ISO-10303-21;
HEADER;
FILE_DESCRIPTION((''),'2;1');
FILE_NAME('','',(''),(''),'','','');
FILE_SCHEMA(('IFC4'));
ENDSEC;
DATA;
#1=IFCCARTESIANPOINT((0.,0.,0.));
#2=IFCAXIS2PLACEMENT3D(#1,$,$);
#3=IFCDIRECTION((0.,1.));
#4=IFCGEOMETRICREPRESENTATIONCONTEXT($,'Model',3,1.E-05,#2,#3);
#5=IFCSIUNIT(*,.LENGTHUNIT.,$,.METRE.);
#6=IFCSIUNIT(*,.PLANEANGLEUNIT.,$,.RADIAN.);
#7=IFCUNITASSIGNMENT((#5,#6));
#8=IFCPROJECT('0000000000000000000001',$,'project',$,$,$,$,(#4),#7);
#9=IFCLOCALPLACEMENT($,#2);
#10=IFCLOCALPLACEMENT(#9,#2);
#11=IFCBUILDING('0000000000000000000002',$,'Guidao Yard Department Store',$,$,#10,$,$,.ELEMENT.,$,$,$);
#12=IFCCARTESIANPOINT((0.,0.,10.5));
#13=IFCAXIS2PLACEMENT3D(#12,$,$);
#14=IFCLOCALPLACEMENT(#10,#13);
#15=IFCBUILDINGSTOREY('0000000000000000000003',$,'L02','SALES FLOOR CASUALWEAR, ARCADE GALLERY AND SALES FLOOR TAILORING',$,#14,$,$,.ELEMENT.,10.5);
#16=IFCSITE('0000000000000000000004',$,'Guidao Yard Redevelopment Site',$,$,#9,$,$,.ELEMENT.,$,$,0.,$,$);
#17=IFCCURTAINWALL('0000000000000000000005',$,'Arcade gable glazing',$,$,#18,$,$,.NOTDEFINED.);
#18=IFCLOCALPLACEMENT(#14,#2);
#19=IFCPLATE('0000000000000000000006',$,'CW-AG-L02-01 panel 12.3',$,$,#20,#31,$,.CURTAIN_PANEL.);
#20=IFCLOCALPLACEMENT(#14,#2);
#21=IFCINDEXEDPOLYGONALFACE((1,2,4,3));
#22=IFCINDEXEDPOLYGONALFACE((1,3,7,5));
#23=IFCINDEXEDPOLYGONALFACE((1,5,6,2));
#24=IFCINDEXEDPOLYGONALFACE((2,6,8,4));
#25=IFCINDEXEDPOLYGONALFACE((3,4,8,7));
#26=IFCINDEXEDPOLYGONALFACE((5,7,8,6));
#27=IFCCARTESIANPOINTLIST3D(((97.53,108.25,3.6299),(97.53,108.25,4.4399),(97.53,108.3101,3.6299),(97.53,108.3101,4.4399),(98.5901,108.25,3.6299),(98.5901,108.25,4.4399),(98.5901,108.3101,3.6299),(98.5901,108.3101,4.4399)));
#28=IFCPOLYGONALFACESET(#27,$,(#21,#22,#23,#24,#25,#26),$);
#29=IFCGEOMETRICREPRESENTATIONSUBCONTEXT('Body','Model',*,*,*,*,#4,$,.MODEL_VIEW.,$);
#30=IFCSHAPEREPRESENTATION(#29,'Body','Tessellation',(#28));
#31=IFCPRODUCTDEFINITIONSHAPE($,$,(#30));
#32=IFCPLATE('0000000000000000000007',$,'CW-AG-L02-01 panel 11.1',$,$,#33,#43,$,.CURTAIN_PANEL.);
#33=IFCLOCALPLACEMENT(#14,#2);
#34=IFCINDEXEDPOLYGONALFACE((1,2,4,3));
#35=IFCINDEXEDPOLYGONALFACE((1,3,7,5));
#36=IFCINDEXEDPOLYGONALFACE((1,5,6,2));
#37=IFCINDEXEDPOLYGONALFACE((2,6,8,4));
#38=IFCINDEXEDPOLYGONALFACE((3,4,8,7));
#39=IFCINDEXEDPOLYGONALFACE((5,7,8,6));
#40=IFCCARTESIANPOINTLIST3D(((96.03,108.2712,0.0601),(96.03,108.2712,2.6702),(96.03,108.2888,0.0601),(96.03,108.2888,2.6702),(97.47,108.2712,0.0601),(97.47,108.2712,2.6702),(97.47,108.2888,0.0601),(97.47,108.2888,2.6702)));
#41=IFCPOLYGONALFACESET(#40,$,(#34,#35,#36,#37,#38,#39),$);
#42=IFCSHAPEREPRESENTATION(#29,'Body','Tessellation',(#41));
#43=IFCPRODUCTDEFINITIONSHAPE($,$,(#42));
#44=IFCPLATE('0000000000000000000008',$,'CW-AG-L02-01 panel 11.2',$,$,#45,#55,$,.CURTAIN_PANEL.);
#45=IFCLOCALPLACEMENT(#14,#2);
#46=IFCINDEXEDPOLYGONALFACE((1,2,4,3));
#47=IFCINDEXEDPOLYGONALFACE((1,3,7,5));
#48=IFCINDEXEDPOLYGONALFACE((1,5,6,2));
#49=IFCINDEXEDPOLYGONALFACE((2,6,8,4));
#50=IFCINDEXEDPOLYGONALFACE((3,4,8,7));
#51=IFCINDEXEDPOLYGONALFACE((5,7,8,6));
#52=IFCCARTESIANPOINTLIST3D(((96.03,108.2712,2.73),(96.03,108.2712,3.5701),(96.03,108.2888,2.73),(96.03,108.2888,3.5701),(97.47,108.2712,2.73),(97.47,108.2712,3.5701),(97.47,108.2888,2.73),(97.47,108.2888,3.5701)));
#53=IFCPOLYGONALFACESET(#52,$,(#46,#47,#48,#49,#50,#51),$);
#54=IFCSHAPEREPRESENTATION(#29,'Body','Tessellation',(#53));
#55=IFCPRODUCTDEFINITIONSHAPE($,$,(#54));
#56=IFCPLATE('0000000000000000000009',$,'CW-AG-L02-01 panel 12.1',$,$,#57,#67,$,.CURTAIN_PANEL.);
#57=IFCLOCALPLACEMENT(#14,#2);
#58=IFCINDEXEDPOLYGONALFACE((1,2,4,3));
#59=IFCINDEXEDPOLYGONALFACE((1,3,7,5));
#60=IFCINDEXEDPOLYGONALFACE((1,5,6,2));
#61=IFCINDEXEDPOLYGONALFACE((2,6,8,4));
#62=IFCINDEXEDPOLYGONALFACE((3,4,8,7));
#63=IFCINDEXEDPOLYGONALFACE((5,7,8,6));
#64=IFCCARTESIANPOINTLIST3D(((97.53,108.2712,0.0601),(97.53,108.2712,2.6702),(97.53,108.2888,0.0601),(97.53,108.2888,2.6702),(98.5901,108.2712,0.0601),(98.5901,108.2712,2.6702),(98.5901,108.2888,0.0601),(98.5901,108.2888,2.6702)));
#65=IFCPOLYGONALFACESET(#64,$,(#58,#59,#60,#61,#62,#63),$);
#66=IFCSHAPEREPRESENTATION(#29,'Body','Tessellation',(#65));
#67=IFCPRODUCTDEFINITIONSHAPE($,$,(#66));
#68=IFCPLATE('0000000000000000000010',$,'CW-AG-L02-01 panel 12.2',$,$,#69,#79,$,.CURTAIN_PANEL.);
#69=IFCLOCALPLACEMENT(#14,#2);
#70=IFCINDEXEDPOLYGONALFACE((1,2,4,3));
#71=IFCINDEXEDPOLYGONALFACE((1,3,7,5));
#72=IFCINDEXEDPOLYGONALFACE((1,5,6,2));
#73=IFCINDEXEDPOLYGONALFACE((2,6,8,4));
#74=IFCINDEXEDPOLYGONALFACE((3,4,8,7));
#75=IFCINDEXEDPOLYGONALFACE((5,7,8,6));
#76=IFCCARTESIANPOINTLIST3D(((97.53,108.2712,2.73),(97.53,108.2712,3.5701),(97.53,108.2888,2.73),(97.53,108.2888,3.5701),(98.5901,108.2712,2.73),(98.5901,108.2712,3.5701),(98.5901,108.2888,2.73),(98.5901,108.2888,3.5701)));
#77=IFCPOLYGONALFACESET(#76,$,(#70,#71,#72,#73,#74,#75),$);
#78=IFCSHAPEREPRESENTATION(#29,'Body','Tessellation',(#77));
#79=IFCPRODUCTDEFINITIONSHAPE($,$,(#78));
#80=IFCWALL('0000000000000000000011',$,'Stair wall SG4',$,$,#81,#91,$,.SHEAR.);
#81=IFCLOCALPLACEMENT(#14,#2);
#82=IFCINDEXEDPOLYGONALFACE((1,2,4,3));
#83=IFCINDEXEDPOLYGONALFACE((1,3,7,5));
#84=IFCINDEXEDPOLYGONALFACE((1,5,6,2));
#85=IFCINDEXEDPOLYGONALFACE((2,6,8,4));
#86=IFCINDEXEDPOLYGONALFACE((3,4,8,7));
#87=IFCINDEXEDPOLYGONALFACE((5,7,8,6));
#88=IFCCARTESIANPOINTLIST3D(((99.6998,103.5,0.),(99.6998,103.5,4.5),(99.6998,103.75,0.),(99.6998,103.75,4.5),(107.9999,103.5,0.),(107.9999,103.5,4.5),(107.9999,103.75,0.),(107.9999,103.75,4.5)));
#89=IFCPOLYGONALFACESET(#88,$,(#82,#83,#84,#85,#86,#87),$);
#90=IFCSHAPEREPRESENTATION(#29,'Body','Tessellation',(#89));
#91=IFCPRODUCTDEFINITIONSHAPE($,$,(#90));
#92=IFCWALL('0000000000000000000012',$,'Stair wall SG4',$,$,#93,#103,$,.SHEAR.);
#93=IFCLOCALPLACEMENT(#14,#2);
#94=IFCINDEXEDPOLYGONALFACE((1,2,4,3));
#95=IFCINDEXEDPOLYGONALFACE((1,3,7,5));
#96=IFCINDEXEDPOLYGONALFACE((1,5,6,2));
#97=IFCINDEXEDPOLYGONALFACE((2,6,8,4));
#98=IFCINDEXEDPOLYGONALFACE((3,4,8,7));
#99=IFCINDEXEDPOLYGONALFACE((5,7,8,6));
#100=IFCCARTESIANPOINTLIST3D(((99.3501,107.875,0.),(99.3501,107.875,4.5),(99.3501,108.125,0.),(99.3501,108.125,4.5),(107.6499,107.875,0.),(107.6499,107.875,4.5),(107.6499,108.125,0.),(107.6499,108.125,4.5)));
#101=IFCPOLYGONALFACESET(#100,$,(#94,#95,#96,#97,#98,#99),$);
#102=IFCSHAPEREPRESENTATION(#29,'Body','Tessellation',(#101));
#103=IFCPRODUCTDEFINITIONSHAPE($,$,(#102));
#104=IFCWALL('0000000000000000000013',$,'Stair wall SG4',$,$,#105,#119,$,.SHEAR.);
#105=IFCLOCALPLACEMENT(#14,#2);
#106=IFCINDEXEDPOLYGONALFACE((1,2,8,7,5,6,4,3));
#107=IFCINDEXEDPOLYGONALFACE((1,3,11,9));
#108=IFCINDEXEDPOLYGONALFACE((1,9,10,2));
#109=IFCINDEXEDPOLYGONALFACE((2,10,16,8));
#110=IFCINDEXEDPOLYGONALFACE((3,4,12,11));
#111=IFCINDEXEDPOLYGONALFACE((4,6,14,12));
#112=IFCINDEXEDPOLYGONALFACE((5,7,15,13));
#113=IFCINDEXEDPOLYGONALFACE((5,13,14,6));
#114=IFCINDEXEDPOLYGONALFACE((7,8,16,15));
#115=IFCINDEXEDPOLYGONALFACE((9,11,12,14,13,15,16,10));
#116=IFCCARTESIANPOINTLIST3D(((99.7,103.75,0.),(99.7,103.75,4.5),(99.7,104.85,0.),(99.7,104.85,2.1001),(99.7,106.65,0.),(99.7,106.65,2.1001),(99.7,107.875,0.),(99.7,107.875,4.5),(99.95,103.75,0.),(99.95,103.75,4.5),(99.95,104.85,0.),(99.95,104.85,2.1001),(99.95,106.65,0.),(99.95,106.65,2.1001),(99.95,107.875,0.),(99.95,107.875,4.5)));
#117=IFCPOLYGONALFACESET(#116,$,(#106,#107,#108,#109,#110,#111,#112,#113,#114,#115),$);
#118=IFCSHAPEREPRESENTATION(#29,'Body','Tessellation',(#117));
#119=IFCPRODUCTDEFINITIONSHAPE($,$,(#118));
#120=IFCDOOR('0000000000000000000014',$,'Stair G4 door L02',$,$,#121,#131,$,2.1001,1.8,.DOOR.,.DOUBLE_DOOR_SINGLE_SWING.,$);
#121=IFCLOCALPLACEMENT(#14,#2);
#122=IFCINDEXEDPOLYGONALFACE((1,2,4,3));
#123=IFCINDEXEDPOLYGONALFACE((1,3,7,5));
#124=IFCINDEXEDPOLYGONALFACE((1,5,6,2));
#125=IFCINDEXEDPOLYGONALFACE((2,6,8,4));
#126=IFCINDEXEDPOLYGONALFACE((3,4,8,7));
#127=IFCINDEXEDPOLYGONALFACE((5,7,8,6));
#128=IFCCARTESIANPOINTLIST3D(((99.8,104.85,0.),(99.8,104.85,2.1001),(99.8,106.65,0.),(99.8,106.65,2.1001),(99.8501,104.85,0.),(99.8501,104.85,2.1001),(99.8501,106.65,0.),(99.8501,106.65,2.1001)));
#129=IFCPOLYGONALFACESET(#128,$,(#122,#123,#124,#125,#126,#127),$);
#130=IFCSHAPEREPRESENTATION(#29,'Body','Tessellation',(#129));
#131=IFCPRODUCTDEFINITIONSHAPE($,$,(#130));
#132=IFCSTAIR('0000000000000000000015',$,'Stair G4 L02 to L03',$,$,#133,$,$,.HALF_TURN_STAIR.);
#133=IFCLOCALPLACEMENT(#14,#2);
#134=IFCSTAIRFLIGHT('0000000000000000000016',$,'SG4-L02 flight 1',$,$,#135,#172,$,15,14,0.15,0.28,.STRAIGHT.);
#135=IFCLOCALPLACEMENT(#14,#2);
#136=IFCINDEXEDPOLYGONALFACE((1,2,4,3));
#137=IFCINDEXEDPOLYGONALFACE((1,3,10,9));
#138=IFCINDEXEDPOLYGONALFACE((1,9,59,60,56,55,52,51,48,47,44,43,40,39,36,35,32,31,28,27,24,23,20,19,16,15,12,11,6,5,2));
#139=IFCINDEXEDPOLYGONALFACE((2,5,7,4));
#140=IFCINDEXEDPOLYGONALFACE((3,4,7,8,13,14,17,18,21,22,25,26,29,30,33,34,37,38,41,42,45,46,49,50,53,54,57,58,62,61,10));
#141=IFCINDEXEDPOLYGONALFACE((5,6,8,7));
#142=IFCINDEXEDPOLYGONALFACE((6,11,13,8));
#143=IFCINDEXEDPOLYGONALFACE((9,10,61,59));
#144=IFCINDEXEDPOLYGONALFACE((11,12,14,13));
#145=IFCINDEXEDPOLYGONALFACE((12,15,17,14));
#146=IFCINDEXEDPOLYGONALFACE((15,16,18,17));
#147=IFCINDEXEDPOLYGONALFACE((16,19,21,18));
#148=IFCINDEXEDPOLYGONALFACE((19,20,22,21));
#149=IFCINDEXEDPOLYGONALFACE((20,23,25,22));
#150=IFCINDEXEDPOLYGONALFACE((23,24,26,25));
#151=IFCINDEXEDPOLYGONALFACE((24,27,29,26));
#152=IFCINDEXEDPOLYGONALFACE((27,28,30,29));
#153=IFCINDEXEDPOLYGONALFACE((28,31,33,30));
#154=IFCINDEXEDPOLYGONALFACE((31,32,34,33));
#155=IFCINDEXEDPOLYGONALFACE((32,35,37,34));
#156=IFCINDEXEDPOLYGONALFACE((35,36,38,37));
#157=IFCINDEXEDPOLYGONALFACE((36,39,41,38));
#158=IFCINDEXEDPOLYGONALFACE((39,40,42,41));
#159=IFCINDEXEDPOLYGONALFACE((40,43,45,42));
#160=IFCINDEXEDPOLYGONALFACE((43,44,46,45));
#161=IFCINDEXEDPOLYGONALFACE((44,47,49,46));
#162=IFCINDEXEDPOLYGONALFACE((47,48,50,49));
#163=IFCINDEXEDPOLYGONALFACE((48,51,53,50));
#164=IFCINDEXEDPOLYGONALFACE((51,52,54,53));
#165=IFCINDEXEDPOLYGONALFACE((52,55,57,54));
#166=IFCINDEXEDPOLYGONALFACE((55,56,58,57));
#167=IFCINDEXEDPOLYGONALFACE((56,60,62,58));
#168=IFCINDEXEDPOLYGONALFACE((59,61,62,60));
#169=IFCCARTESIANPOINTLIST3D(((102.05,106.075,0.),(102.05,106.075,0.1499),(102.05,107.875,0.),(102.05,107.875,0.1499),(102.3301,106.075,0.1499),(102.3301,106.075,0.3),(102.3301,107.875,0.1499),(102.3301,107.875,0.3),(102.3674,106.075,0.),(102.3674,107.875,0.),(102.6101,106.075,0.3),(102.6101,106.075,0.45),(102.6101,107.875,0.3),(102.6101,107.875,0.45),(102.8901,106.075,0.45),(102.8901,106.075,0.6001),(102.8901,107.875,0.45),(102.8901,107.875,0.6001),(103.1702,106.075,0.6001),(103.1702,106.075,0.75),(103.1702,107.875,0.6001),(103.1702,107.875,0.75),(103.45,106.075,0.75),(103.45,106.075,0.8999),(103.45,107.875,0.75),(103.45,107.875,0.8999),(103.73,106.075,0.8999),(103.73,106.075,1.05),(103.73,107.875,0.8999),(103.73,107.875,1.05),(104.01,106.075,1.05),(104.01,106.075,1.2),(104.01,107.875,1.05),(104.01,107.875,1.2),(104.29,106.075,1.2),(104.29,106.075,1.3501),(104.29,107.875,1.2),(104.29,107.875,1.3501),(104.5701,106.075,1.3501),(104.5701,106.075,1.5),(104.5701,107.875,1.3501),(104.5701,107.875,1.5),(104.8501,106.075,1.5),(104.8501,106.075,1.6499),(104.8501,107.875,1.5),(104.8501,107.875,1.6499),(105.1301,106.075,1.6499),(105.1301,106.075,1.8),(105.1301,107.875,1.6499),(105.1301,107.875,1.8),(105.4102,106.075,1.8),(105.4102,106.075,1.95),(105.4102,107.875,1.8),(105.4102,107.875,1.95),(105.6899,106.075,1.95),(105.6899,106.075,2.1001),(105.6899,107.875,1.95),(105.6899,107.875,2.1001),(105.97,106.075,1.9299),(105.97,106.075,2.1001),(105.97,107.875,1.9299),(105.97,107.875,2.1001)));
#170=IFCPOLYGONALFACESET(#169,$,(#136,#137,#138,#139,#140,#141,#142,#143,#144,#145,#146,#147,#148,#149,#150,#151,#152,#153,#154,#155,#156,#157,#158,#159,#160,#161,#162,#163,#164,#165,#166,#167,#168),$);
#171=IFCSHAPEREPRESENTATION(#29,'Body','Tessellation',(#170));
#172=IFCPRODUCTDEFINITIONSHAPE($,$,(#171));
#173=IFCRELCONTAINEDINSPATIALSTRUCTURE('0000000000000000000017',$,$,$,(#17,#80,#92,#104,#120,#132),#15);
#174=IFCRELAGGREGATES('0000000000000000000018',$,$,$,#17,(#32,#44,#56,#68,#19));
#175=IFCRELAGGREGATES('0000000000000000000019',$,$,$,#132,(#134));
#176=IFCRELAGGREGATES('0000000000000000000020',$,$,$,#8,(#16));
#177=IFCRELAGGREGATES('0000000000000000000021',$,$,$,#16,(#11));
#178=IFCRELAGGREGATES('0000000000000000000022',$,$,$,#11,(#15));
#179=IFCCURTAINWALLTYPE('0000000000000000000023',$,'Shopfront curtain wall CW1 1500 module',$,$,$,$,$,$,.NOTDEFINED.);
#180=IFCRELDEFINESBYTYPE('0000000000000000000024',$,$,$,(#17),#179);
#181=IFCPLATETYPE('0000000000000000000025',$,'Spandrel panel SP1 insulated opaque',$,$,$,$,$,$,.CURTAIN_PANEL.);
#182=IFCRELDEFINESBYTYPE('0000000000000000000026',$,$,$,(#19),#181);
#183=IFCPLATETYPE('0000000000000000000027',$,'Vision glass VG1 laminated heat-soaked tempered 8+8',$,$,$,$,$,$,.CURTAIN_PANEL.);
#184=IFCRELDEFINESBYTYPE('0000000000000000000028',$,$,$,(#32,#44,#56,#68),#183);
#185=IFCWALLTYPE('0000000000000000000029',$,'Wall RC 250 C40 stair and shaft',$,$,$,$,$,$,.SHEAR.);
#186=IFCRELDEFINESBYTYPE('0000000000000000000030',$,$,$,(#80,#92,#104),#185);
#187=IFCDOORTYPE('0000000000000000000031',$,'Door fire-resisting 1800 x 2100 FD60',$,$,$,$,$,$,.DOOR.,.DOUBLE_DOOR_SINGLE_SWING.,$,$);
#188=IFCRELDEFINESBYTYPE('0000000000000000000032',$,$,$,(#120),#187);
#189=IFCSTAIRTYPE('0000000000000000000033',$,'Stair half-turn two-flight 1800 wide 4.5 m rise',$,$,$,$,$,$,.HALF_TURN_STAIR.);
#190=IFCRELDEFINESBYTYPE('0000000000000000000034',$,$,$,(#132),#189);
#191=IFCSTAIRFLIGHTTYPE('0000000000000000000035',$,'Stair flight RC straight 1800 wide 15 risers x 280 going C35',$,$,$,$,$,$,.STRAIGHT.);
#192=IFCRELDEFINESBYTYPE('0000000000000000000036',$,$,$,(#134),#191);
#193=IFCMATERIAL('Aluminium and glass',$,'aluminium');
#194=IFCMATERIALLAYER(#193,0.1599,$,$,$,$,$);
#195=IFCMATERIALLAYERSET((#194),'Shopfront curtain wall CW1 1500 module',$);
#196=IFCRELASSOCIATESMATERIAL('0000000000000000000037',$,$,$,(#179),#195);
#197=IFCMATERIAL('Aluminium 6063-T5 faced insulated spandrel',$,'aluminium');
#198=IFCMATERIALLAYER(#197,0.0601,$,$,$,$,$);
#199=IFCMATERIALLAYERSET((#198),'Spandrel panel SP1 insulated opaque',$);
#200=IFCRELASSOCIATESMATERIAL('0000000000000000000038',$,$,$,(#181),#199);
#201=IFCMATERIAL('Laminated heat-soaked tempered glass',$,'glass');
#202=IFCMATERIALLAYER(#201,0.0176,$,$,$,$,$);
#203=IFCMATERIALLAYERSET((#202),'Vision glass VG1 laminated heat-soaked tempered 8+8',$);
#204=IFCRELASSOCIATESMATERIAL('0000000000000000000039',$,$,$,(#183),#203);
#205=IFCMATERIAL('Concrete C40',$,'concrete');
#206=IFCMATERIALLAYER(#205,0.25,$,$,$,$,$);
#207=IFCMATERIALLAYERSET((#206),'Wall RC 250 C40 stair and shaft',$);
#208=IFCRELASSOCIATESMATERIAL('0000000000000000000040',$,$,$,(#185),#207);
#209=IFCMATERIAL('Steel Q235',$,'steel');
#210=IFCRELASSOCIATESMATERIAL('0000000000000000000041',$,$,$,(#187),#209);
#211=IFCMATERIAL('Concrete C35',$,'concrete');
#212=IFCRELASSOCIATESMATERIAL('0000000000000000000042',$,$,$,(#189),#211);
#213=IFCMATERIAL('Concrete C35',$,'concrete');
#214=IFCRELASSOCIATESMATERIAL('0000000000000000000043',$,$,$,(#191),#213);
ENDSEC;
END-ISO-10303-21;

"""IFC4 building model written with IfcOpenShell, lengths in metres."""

from ifc_helpers import new_model, si_unit, direction, frame, frame_2d, origin, origin_2d, place, context, subcontext, project, spatial, polyline, rectangle, outline, extrude, material, layer, layer_set, type_object, element, fill, aggregate, save


model = new_model("IFC4")

# Units and contexts
model_context = context("Model", 3, precision=1e-05, world=origin(), true_north=direction((0.0, 1.0)))
body_context = subcontext(model_context, "Body", "Model", "MODEL_VIEW")
ifc_project = project(units=[si_unit("LENGTHUNIT", "METRE"), si_unit("PLANEANGLEUNIT", "RADIAN")], contexts=[model_context])

# Site, building, storey
site_placement = place(None, origin())
site = spatial("IfcSite", under=ifc_project, at=site_placement, Name="Guidao Yard Redevelopment Site", CompositionType="ELEMENT", RefElevation=0.0)
building_placement = place(site_placement, origin())
building = spatial("IfcBuilding", under=site, at=building_placement, Name="Guidao Yard Department Store", CompositionType="ELEMENT")
storey_placement = place(building_placement, frame((0.0, 0.0, 10.5)))
storey = spatial("IfcBuildingStorey", under=building, at=storey_placement, Name="L02", Description="SALES FLOOR CASUALWEAR, ARCADE GALLERY AND SALES FLOOR TAILORING", CompositionType="ELEMENT", Elevation=10.5)

# Curtain wall, plates
ifc_material_1 = material(Name="Aluminium and glass", Category="aluminium")
ifc_layer_1 = layer(ifc_material_1, 0.1599)
ifc_layer_set_1 = layer_set([ifc_layer_1], Name="Shopfront curtain wall CW1 1500 module")
curtain_wall_type = type_object("IfcCurtainWallType", Name="Shopfront curtain wall CW1 1500 module", PredefinedType="NOTDEFINED", material=ifc_layer_set_1)
curtain_wall_placement = place(storey_placement, origin())
curtain_wall = element("IfcCurtainWall", 1, at=curtain_wall_placement, inside=storey, type_object=curtain_wall_type, Name="Arcade gable glazing", PredefinedType="NOTDEFINED")
ifc_material_2 = material(Name="Aluminium 6063-T5 faced insulated spandrel", Category="aluminium")
ifc_layer_2 = layer(ifc_material_2, 0.0601)
ifc_layer_set_2 = layer_set([ifc_layer_2], Name="Spandrel panel SP1 insulated opaque")
plate_type_1 = type_object("IfcPlateType", Name="Spandrel panel SP1 insulated opaque", PredefinedType="CURTAIN_PANEL", material=ifc_layer_set_2)
plate_1_placement = place(storey_placement, frame((98.0601, 108.28, 3.6299), z_axis=(0.0, 0.0, 1.0), x_axis=(1.0, 0.0, 0.0)))
plate_1 = element("IfcPlate", 2, at=plate_1_placement, type_object=plate_type_1, Name="CW-AG-L02-01 panel 12.3", PredefinedType="CURTAIN_PANEL", context=body_context, shape_type="SweptSolid", body=[
    extrude(rectangle(XDim=1.0601, YDim=0.0601, at=origin_2d()), origin(), (0.0, 0.0, 1.0), 0.8101),
])
ifc_material_3 = material(Name="Laminated heat-soaked tempered glass", Category="glass")
ifc_layer_3 = layer(ifc_material_3, 0.0176)
ifc_layer_set_3 = layer_set([ifc_layer_3], Name="Vision glass VG1 laminated heat-soaked tempered 8+8")
plate_type_2 = type_object("IfcPlateType", Name="Vision glass VG1 laminated heat-soaked tempered 8+8", PredefinedType="CURTAIN_PANEL", material=ifc_layer_set_3)
plate_2_placement = place(storey_placement, frame((96.75, 108.28, 0.0601), z_axis=(0.0, 0.0, 1.0), x_axis=(1.0, 0.0, 0.0)))
plate_2 = element("IfcPlate", 3, at=plate_2_placement, type_object=plate_type_2, Name="CW-AG-L02-01 panel 11.1", PredefinedType="CURTAIN_PANEL", context=body_context, shape_type="SweptSolid", body=[
    extrude(rectangle(XDim=1.4399, YDim=0.0176, at=origin_2d()), origin(), (0.0, 0.0, 1.0), 2.6101),
])
plate_3_placement = place(storey_placement, frame((96.75, 108.28, 2.73), z_axis=(0.0, 0.0, 1.0), x_axis=(1.0, 0.0, 0.0)))
plate_3 = element("IfcPlate", 4, at=plate_3_placement, type_object=plate_type_2, Name="CW-AG-L02-01 panel 11.2", PredefinedType="CURTAIN_PANEL", context=body_context, shape_type="SweptSolid", body=[
    extrude(rectangle(XDim=1.4399, YDim=0.0176, at=origin_2d()), origin(), (0.0, 0.0, 1.0), 0.8401),
])
plate_4_placement = place(storey_placement, frame((98.0601, 108.28, 0.0601), z_axis=(0.0, 0.0, 1.0), x_axis=(1.0, 0.0, 0.0)))
plate_4 = element("IfcPlate", 5, at=plate_4_placement, type_object=plate_type_2, Name="CW-AG-L02-01 panel 12.1", PredefinedType="CURTAIN_PANEL", context=body_context, shape_type="SweptSolid", body=[
    extrude(rectangle(XDim=1.0601, YDim=0.0176, at=origin_2d()), origin(), (0.0, 0.0, 1.0), 2.6101),
])
plate_5_placement = place(storey_placement, frame((98.0601, 108.28, 2.73), z_axis=(0.0, 0.0, 1.0), x_axis=(1.0, 0.0, 0.0)))
plate_5 = element("IfcPlate", 6, at=plate_5_placement, type_object=plate_type_2, Name="CW-AG-L02-01 panel 12.2", PredefinedType="CURTAIN_PANEL", context=body_context, shape_type="SweptSolid", body=[
    extrude(rectangle(XDim=1.0601, YDim=0.0176, at=origin_2d()), origin(), (0.0, 0.0, 1.0), 0.8401),
])
aggregate(curtain_wall, [plate_2, plate_3, plate_4, plate_5, plate_1])

# Walls
ifc_material_4 = material(Name="Concrete C40", Category="concrete")
ifc_layer_4 = layer(ifc_material_4, 0.25)
ifc_layer_set_4 = layer_set([ifc_layer_4], Name="Wall RC 250 C40 stair and shaft")
wall_type = type_object("IfcWallType", Name="Wall RC 250 C40 stair and shaft", PredefinedType="SHEAR", material=ifc_layer_set_4)
wall_1_placement = place(storey_placement, frame((99.7, 103.625, 0.0), z_axis=(0.0, 0.0, 1.0), x_axis=(1.0, 0.0, 0.0)))
element("IfcWall", 7, at=wall_1_placement, inside=storey, type_object=wall_type, Name="Stair wall SG4", PredefinedType="SHEAR", context=body_context, shape_type="SweptSolid", body=[
    extrude(rectangle(XDim=8.3, YDim=0.25, at=frame_2d((4.1499, 0.0))), origin(), (0.0, 0.0, 1.0), 4.5),
])
wall_2_placement = place(storey_placement, frame((99.3501, 108.0, 0.0), z_axis=(0.0, 0.0, 1.0), x_axis=(1.0, 0.0, 0.0)))
element("IfcWall", 8, at=wall_2_placement, inside=storey, type_object=wall_type, Name="Stair wall SG4", PredefinedType="SHEAR", context=body_context, shape_type="SweptSolid", body=[
    extrude(rectangle(XDim=8.2998, YDim=0.25, at=frame_2d((4.1499, 0.0))), origin(), (0.0, 0.0, 1.0), 4.5),
])

# Wall, opening, door
wall_3_placement = place(storey_placement, frame((99.825, 103.75, 0.0), z_axis=(0.0, 0.0, 1.0), x_axis=(0.0, 1.0, 0.0)))
wall_3 = element("IfcWall", 9, at=wall_3_placement, inside=storey, type_object=wall_type, Name="Stair wall SG4", PredefinedType="SHEAR", context=body_context, shape_type="SweptSolid", body=[
    extrude(rectangle(XDim=4.125, YDim=0.25, at=frame_2d((2.0625, 0.0))), origin(), (0.0, 0.0, 1.0), 4.5),
])
opening_placement = place(wall_3_placement, frame((1.1001, 0.0, 0.0)))
opening = element("IfcOpeningElement", 10, at=opening_placement, cuts=wall_3, PredefinedType="OPENING", context=body_context, shape_type="SweptSolid", body=[
    extrude(rectangle(XDim=1.8, YDim=2.1001, at=frame_2d((0.8999, 1.05))), frame((0.0, 0.135, 0.0), z_axis=(0.0, -1.0, 0.0), x_axis=(1.0, 0.0, 0.0)), (0.0, 0.0, 1.0), 0.27),
])
ifc_material_5 = material(Name="Steel Q235", Category="steel")
door_type = type_object("IfcDoorType", Name="Door fire-resisting 1800 x 2100 FD60", OperationType="DOUBLE_DOOR_SINGLE_SWING", PredefinedType="DOOR", material=ifc_material_5)
door_placement = place(opening_placement, origin())
door = element("IfcDoor", 11, at=door_placement, inside=storey, type_object=door_type, Name="Stair G4 door L02", OperationType="DOUBLE_DOOR_SINGLE_SWING", OverallHeight=2.1001, OverallWidth=1.8, PredefinedType="DOOR", context=body_context, shape_type="SweptSolid", body=[
    extrude(rectangle(XDim=1.8, YDim=2.1001, at=frame_2d((0.8999, 1.05))), frame((0.0, 0.0249, 0.0), z_axis=(0.0, -1.0, 0.0), x_axis=(1.0, 0.0, 0.0)), (0.0, 0.0, 1.0), 0.05),
])
fill(opening, door)

# Stair, stair flight
ifc_material_6 = material(Name="Concrete C35", Category="concrete")
stair_type = type_object("IfcStairType", Name="Stair half-turn two-flight 1800 wide 4.5 m rise", PredefinedType="HALF_TURN_STAIR", material=ifc_material_6)
stair_placement = place(storey_placement, origin())
stair = element("IfcStair", 12, at=stair_placement, inside=storey, type_object=stair_type, Name="Stair G4 L02 to L03", PredefinedType="HALF_TURN_STAIR")
ifc_material_7 = material(Name="Concrete C35", Category="concrete")
stair_flight_type = type_object("IfcStairFlightType", Name="Stair flight RC straight 1800 wide 15 risers x 280 going C35", PredefinedType="STRAIGHT", material=ifc_material_7)
stair_flight_placement = place(storey_placement, frame((102.05, 106.9751, 0.0), z_axis=(0.0, 0.0, 1.0), x_axis=(1.0, 0.0, 0.0)))
stair_flight = element("IfcStairFlight", 13, at=stair_flight_placement, type_object=stair_flight_type, Name="SG4-L02 flight 1", NumberOfRisers=15, NumberOfTreads=14, PredefinedType="STRAIGHT", RiserHeight=0.15, TreadLength=0.28, context=body_context, shape_type="SweptSolid", body=[
    extrude(outline(polyline([(0.0, 0.0), (0.0, 0.1499), (0.28, 0.1499), (0.28, 0.3), (0.5601, 0.3), (0.5601, 0.45), (0.8401, 0.45), (0.8401, 0.6001), (1.1201, 0.6001), (1.1201, 0.75), (1.3999, 0.75), (1.3999, 0.8999), (1.6799, 0.8999), (1.6799, 1.05), (1.96, 1.05), (1.96, 1.2), (2.24, 1.2), (2.24, 1.3501), (2.52, 1.3501), (2.52, 1.5), (2.8, 1.5), (2.8, 1.6499), (3.0801, 1.6499), (3.0801, 1.8), (3.3601, 1.8), (3.3601, 1.95), (3.6399, 1.95), (3.6399, 2.1001), (3.9199, 2.1001), (3.9199, 2.25), (3.9199, 1.9299), (0.3174, 0.0), (0.0, 0.0)])), frame((0.0, 0.8999, 0.0), z_axis=(0.0, -1.0, 0.0), x_axis=(1.0, 0.0, 0.0)), (0.0, 0.0, 1.0), 1.8),
])
aggregate(stair, [stair_flight])

save(model, "model.ifc")
